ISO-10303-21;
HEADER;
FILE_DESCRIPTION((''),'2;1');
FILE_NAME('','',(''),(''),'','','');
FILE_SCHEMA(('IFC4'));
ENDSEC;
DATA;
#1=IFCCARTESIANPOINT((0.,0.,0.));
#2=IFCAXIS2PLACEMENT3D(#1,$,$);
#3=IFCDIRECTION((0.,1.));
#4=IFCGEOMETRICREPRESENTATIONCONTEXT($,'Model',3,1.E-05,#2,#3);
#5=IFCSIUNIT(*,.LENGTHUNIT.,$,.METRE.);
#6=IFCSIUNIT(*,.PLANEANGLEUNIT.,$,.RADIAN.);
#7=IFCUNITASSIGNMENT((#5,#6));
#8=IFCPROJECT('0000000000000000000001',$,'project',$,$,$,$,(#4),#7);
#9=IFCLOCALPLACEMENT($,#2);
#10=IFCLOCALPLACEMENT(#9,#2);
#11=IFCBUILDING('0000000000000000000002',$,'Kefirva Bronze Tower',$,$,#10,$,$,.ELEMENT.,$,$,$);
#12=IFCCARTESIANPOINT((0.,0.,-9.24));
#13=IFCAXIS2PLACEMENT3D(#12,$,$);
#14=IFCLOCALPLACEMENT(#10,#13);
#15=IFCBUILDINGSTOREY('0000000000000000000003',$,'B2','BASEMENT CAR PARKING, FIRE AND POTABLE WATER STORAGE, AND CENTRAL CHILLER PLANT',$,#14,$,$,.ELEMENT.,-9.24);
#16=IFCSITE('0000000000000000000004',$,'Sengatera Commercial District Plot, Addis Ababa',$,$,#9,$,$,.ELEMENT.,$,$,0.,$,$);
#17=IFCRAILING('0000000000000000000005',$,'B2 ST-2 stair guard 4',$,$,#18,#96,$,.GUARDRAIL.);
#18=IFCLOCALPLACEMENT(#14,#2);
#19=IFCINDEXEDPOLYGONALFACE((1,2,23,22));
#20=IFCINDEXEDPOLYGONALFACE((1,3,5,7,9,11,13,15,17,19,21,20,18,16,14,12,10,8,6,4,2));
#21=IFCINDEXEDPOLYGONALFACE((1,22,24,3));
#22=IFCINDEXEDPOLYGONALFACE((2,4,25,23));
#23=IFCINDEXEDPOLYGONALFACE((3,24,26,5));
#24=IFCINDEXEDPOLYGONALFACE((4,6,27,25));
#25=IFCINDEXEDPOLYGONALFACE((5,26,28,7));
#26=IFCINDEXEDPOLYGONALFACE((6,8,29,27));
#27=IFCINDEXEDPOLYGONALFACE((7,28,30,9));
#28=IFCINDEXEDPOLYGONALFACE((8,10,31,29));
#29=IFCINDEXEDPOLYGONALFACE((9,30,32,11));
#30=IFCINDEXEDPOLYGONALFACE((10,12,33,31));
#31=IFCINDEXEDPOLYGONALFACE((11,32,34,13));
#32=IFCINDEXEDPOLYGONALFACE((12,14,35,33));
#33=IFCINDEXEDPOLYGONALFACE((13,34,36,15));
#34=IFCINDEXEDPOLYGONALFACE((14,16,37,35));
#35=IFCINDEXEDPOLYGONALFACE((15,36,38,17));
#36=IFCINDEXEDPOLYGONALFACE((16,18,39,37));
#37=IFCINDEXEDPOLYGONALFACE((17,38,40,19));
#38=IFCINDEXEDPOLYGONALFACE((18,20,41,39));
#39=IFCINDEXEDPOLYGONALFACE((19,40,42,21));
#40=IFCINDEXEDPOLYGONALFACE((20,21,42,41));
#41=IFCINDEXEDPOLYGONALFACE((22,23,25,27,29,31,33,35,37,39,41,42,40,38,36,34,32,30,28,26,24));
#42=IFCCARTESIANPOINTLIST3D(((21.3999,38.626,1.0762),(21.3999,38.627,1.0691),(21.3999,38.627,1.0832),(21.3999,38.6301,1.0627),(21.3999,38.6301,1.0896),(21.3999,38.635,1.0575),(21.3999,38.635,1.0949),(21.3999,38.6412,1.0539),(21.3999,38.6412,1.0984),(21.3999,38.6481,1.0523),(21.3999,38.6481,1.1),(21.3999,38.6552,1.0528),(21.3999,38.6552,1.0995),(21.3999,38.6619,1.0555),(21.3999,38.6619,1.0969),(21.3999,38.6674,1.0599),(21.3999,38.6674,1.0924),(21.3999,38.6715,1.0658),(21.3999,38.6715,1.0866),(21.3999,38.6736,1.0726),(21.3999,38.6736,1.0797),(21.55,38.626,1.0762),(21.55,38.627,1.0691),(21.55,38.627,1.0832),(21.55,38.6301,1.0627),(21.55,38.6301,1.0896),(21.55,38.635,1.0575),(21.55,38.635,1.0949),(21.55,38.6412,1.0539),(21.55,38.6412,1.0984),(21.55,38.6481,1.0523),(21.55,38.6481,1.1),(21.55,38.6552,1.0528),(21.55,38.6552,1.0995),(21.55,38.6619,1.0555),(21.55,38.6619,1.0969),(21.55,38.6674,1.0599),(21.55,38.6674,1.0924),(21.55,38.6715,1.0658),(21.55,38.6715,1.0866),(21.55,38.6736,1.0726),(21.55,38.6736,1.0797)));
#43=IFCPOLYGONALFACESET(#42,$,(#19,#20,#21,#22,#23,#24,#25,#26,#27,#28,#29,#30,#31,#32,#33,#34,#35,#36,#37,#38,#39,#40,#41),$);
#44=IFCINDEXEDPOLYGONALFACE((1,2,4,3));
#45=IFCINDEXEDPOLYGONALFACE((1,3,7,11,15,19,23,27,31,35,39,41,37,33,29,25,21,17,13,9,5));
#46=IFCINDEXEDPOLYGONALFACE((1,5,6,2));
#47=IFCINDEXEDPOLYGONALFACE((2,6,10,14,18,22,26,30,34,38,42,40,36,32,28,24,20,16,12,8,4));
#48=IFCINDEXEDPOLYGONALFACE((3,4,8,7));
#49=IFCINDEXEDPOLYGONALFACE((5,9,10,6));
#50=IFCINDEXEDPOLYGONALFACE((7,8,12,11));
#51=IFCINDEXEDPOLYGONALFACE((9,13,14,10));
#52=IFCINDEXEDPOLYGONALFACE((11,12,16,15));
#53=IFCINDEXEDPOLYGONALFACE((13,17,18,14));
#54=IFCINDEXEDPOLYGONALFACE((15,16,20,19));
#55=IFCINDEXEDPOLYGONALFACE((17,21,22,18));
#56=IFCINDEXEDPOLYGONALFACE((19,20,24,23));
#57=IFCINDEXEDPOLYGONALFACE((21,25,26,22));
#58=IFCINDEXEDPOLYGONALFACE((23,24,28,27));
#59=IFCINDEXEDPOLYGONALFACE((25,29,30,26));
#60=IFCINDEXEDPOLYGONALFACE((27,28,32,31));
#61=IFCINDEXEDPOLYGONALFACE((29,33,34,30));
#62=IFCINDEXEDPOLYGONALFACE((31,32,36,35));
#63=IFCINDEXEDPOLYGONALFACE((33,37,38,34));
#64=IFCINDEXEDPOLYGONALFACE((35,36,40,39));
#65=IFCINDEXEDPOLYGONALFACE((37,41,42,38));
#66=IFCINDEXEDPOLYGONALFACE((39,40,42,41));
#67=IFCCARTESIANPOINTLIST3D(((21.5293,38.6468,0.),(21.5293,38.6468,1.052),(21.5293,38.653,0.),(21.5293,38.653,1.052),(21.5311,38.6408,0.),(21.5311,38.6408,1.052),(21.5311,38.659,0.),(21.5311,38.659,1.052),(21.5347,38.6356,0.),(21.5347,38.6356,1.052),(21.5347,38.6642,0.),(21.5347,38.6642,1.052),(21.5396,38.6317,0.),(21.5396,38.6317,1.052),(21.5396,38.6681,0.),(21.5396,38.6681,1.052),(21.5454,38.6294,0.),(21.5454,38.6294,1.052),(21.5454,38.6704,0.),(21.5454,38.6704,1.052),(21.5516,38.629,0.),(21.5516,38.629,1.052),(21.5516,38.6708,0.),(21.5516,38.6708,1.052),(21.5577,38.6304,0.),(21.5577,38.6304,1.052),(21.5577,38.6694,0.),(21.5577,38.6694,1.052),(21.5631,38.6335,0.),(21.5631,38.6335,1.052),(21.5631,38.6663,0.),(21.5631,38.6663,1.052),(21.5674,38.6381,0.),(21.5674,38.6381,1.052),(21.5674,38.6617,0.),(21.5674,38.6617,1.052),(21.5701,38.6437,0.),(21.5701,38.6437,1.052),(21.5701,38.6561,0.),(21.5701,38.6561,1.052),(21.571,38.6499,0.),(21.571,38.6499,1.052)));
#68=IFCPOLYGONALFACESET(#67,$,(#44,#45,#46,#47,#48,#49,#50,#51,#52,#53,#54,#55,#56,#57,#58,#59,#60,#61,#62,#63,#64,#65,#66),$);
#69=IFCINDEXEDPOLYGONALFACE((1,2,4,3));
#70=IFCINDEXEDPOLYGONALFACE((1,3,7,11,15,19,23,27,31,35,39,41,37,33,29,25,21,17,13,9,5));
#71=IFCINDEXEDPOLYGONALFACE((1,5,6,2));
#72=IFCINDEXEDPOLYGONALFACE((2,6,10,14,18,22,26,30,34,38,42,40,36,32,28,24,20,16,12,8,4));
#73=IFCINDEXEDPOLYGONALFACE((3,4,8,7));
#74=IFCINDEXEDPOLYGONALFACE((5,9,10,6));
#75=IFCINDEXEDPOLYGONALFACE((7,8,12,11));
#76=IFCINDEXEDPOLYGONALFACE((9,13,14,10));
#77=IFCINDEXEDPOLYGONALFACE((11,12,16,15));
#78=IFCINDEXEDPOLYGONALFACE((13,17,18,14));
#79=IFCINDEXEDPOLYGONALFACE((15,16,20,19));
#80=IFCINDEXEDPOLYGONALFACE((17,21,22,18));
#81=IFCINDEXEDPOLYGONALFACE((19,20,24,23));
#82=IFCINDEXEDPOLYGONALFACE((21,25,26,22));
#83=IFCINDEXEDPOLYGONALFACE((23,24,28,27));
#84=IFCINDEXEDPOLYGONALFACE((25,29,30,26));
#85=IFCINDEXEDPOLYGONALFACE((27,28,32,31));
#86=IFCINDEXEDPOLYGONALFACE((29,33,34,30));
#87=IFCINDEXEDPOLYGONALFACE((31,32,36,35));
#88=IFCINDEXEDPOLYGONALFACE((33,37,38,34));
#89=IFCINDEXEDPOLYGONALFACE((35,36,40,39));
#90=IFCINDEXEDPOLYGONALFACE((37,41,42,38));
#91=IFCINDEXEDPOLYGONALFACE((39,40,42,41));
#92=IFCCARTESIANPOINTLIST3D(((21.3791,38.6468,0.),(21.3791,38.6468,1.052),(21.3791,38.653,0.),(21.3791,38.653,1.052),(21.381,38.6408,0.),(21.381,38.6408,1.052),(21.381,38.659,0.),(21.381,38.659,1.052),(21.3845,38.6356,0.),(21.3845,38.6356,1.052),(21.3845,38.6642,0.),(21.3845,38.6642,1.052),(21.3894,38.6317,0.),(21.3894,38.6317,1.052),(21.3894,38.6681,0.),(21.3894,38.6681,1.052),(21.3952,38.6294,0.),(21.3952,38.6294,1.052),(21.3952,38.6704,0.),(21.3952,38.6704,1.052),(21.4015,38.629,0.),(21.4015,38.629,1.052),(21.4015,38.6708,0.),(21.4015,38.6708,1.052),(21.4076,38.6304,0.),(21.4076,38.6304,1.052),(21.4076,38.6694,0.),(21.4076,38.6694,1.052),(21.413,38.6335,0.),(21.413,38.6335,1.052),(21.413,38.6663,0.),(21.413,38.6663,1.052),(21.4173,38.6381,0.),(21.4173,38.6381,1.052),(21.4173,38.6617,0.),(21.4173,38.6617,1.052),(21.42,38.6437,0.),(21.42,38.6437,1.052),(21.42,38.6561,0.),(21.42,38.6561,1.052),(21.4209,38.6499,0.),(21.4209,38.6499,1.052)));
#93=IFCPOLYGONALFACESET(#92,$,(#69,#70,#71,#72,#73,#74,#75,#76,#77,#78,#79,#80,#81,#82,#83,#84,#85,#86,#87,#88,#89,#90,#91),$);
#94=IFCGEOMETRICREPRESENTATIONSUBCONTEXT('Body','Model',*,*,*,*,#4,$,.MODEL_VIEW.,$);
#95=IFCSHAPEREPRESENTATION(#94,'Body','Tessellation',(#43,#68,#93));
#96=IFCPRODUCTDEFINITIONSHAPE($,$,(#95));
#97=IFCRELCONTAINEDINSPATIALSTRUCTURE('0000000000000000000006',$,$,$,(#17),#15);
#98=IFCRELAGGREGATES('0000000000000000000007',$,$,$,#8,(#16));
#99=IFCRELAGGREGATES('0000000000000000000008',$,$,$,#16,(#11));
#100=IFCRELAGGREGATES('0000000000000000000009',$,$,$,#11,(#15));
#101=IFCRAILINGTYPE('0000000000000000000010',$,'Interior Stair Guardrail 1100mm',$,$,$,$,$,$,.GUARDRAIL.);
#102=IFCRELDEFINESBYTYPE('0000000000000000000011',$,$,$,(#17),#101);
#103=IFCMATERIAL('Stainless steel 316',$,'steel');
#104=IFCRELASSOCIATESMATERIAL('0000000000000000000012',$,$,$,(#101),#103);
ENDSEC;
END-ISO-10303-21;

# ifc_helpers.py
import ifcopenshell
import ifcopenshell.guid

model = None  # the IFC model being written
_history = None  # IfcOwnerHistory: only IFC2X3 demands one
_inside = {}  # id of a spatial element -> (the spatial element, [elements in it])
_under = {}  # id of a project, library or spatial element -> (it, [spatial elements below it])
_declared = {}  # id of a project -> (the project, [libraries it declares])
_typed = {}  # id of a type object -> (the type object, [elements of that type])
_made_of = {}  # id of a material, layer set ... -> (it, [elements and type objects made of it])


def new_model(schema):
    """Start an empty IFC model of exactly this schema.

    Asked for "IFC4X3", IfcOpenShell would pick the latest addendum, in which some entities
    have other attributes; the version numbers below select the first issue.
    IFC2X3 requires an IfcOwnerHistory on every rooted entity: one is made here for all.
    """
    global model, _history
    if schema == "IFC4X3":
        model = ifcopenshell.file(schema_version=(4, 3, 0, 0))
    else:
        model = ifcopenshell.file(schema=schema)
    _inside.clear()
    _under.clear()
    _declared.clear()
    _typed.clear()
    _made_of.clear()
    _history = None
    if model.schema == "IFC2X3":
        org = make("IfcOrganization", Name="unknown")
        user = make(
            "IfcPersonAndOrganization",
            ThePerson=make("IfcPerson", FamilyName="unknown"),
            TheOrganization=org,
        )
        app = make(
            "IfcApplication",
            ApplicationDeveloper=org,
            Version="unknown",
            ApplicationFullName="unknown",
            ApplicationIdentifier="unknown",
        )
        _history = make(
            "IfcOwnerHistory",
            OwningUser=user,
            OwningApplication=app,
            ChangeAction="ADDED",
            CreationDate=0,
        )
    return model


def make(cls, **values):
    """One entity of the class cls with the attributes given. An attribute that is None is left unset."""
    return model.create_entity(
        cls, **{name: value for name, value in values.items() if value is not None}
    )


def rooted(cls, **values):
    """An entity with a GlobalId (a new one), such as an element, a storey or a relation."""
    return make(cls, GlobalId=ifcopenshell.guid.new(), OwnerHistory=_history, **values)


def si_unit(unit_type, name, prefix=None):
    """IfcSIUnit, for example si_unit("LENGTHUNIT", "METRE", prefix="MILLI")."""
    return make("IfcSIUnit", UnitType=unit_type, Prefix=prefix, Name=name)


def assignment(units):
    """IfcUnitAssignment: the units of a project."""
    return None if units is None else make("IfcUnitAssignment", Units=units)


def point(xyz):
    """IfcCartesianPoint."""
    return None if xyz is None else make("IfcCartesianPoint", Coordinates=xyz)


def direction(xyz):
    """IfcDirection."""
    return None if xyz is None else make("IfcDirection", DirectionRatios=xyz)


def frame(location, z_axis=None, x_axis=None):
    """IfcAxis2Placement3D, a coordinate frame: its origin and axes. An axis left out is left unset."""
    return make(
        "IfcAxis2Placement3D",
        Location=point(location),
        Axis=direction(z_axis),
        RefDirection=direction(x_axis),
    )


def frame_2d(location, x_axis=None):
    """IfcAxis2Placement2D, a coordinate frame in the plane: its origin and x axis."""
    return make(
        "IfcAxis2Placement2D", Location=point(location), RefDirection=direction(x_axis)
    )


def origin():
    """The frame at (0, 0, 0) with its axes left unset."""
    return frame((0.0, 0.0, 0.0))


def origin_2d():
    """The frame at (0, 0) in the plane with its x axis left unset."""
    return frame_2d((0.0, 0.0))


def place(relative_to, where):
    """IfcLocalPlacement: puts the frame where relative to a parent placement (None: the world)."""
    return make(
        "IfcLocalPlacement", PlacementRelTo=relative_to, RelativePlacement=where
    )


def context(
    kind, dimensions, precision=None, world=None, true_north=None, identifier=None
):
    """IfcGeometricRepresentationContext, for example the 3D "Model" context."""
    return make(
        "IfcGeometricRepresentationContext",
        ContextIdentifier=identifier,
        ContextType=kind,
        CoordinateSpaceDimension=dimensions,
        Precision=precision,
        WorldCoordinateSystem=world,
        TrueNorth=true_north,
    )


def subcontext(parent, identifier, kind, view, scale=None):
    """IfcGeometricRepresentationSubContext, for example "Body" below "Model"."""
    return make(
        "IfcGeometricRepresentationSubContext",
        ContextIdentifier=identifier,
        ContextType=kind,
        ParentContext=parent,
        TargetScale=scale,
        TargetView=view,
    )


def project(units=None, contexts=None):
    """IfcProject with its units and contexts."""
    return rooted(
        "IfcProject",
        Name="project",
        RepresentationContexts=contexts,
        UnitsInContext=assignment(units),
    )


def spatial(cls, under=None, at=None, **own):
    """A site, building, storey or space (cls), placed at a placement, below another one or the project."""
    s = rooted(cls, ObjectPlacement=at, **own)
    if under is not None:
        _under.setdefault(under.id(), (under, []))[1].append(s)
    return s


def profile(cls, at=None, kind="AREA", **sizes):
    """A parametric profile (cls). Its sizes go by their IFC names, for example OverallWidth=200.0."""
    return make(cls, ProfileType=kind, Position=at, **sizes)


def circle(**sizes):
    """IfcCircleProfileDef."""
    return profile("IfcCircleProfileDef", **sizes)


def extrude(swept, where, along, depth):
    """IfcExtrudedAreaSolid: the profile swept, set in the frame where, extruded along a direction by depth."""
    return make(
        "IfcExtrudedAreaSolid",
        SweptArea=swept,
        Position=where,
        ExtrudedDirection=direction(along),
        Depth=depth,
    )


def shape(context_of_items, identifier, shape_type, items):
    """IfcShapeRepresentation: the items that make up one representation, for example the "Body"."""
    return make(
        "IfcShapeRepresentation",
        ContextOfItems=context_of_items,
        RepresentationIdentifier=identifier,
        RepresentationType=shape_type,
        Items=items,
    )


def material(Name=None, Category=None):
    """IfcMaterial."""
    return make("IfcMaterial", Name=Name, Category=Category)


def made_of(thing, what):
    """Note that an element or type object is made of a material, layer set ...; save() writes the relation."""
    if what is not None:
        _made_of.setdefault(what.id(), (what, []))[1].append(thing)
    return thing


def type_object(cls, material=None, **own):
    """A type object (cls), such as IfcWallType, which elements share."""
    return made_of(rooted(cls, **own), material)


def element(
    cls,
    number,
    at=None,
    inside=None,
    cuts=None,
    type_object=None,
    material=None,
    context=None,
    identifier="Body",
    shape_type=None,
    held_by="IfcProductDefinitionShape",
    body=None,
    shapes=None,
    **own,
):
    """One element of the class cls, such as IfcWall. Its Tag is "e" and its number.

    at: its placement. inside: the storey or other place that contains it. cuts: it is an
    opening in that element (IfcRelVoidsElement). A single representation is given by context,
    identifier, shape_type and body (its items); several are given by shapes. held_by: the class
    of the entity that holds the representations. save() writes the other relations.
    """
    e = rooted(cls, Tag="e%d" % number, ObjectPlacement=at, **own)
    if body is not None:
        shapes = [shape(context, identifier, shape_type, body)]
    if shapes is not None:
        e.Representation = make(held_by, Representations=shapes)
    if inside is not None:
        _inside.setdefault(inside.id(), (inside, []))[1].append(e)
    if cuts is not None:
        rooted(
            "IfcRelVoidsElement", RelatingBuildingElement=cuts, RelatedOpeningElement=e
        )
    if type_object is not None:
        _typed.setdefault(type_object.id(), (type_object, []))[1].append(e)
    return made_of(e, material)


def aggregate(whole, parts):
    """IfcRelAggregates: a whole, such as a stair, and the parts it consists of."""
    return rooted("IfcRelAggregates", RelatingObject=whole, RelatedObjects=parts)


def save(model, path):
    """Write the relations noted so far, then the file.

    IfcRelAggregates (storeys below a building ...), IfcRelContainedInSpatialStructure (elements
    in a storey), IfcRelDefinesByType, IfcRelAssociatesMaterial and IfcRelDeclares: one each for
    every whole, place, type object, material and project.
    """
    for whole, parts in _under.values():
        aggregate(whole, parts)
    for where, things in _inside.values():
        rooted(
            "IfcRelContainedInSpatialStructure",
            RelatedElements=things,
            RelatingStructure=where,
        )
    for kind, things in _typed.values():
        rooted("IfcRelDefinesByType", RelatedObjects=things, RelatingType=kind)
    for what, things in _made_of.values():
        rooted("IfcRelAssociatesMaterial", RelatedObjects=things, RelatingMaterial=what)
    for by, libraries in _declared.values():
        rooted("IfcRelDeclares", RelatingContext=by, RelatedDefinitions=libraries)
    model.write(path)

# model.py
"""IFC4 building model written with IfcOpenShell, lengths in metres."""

from ifc_helpers import new_model, si_unit, direction, frame, origin, origin_2d, place, context, subcontext, project, spatial, circle, extrude, material, type_object, element, save


model = new_model("IFC4")

# Units and contexts
model_context = context("Model", 3, precision=1e-05, world=origin(), true_north=direction((0.0, 1.0)))
body_context = subcontext(model_context, "Body", "Model", "MODEL_VIEW")
ifc_project = project(units=[si_unit("LENGTHUNIT", "METRE"), si_unit("PLANEANGLEUNIT", "RADIAN")], contexts=[model_context])

# Site, building, storey
site_placement = place(None, origin())
site = spatial("IfcSite", under=ifc_project, at=site_placement, Name="Sengatera Commercial District Plot, Addis Ababa", CompositionType="ELEMENT", RefElevation=0.0)
building_placement = place(site_placement, origin())
building = spatial("IfcBuilding", under=site, at=building_placement, Name="Kefirva Bronze Tower", CompositionType="ELEMENT")
storey_placement = place(building_placement, frame((0.0, 0.0, -9.24)))
storey = spatial("IfcBuildingStorey", under=building, at=storey_placement, Name="B2", Description="BASEMENT CAR PARKING, FIRE AND POTABLE WATER STORAGE, AND CENTRAL CHILLER PLANT", CompositionType="ELEMENT", Elevation=-9.24)

# Railing
ifc_material_1 = material(Name="Stainless steel 316", Category="steel")
railing_type_1 = type_object("IfcRailingType", Name="Interior Stair Guardrail 1100mm", PredefinedType="GUARDRAIL", material=ifc_material_1)
railing_1_placement = place(storey_placement, frame((21.55, 38.6499, 0.0)))
element("IfcRailing", 1, at=railing_1_placement, inside=storey, type_object=railing_type_1, Name="B2 ST-2 stair guard 4", PredefinedType="GUARDRAIL", context=body_context, shape_type="SweptSolid", body=[
    extrude(circle(Radius=0.0239, at=origin_2d()), frame((0.0, 0.0, 1.0762), z_axis=(-1.0, 0.0, 0.0), x_axis=(0.0, -1.0, 0.0)), (0.0, 0.0, 1.0), 0.1501),
    extrude(circle(Radius=0.021, at=origin_2d()), origin(), (0.0, 0.0, 1.0), 1.052),
    extrude(circle(Radius=0.021, at=origin_2d()), frame((-0.1501, 0.0, 0.0)), (0.0, 0.0, 1.0), 1.052),
])

save(model, "model.ifc")
